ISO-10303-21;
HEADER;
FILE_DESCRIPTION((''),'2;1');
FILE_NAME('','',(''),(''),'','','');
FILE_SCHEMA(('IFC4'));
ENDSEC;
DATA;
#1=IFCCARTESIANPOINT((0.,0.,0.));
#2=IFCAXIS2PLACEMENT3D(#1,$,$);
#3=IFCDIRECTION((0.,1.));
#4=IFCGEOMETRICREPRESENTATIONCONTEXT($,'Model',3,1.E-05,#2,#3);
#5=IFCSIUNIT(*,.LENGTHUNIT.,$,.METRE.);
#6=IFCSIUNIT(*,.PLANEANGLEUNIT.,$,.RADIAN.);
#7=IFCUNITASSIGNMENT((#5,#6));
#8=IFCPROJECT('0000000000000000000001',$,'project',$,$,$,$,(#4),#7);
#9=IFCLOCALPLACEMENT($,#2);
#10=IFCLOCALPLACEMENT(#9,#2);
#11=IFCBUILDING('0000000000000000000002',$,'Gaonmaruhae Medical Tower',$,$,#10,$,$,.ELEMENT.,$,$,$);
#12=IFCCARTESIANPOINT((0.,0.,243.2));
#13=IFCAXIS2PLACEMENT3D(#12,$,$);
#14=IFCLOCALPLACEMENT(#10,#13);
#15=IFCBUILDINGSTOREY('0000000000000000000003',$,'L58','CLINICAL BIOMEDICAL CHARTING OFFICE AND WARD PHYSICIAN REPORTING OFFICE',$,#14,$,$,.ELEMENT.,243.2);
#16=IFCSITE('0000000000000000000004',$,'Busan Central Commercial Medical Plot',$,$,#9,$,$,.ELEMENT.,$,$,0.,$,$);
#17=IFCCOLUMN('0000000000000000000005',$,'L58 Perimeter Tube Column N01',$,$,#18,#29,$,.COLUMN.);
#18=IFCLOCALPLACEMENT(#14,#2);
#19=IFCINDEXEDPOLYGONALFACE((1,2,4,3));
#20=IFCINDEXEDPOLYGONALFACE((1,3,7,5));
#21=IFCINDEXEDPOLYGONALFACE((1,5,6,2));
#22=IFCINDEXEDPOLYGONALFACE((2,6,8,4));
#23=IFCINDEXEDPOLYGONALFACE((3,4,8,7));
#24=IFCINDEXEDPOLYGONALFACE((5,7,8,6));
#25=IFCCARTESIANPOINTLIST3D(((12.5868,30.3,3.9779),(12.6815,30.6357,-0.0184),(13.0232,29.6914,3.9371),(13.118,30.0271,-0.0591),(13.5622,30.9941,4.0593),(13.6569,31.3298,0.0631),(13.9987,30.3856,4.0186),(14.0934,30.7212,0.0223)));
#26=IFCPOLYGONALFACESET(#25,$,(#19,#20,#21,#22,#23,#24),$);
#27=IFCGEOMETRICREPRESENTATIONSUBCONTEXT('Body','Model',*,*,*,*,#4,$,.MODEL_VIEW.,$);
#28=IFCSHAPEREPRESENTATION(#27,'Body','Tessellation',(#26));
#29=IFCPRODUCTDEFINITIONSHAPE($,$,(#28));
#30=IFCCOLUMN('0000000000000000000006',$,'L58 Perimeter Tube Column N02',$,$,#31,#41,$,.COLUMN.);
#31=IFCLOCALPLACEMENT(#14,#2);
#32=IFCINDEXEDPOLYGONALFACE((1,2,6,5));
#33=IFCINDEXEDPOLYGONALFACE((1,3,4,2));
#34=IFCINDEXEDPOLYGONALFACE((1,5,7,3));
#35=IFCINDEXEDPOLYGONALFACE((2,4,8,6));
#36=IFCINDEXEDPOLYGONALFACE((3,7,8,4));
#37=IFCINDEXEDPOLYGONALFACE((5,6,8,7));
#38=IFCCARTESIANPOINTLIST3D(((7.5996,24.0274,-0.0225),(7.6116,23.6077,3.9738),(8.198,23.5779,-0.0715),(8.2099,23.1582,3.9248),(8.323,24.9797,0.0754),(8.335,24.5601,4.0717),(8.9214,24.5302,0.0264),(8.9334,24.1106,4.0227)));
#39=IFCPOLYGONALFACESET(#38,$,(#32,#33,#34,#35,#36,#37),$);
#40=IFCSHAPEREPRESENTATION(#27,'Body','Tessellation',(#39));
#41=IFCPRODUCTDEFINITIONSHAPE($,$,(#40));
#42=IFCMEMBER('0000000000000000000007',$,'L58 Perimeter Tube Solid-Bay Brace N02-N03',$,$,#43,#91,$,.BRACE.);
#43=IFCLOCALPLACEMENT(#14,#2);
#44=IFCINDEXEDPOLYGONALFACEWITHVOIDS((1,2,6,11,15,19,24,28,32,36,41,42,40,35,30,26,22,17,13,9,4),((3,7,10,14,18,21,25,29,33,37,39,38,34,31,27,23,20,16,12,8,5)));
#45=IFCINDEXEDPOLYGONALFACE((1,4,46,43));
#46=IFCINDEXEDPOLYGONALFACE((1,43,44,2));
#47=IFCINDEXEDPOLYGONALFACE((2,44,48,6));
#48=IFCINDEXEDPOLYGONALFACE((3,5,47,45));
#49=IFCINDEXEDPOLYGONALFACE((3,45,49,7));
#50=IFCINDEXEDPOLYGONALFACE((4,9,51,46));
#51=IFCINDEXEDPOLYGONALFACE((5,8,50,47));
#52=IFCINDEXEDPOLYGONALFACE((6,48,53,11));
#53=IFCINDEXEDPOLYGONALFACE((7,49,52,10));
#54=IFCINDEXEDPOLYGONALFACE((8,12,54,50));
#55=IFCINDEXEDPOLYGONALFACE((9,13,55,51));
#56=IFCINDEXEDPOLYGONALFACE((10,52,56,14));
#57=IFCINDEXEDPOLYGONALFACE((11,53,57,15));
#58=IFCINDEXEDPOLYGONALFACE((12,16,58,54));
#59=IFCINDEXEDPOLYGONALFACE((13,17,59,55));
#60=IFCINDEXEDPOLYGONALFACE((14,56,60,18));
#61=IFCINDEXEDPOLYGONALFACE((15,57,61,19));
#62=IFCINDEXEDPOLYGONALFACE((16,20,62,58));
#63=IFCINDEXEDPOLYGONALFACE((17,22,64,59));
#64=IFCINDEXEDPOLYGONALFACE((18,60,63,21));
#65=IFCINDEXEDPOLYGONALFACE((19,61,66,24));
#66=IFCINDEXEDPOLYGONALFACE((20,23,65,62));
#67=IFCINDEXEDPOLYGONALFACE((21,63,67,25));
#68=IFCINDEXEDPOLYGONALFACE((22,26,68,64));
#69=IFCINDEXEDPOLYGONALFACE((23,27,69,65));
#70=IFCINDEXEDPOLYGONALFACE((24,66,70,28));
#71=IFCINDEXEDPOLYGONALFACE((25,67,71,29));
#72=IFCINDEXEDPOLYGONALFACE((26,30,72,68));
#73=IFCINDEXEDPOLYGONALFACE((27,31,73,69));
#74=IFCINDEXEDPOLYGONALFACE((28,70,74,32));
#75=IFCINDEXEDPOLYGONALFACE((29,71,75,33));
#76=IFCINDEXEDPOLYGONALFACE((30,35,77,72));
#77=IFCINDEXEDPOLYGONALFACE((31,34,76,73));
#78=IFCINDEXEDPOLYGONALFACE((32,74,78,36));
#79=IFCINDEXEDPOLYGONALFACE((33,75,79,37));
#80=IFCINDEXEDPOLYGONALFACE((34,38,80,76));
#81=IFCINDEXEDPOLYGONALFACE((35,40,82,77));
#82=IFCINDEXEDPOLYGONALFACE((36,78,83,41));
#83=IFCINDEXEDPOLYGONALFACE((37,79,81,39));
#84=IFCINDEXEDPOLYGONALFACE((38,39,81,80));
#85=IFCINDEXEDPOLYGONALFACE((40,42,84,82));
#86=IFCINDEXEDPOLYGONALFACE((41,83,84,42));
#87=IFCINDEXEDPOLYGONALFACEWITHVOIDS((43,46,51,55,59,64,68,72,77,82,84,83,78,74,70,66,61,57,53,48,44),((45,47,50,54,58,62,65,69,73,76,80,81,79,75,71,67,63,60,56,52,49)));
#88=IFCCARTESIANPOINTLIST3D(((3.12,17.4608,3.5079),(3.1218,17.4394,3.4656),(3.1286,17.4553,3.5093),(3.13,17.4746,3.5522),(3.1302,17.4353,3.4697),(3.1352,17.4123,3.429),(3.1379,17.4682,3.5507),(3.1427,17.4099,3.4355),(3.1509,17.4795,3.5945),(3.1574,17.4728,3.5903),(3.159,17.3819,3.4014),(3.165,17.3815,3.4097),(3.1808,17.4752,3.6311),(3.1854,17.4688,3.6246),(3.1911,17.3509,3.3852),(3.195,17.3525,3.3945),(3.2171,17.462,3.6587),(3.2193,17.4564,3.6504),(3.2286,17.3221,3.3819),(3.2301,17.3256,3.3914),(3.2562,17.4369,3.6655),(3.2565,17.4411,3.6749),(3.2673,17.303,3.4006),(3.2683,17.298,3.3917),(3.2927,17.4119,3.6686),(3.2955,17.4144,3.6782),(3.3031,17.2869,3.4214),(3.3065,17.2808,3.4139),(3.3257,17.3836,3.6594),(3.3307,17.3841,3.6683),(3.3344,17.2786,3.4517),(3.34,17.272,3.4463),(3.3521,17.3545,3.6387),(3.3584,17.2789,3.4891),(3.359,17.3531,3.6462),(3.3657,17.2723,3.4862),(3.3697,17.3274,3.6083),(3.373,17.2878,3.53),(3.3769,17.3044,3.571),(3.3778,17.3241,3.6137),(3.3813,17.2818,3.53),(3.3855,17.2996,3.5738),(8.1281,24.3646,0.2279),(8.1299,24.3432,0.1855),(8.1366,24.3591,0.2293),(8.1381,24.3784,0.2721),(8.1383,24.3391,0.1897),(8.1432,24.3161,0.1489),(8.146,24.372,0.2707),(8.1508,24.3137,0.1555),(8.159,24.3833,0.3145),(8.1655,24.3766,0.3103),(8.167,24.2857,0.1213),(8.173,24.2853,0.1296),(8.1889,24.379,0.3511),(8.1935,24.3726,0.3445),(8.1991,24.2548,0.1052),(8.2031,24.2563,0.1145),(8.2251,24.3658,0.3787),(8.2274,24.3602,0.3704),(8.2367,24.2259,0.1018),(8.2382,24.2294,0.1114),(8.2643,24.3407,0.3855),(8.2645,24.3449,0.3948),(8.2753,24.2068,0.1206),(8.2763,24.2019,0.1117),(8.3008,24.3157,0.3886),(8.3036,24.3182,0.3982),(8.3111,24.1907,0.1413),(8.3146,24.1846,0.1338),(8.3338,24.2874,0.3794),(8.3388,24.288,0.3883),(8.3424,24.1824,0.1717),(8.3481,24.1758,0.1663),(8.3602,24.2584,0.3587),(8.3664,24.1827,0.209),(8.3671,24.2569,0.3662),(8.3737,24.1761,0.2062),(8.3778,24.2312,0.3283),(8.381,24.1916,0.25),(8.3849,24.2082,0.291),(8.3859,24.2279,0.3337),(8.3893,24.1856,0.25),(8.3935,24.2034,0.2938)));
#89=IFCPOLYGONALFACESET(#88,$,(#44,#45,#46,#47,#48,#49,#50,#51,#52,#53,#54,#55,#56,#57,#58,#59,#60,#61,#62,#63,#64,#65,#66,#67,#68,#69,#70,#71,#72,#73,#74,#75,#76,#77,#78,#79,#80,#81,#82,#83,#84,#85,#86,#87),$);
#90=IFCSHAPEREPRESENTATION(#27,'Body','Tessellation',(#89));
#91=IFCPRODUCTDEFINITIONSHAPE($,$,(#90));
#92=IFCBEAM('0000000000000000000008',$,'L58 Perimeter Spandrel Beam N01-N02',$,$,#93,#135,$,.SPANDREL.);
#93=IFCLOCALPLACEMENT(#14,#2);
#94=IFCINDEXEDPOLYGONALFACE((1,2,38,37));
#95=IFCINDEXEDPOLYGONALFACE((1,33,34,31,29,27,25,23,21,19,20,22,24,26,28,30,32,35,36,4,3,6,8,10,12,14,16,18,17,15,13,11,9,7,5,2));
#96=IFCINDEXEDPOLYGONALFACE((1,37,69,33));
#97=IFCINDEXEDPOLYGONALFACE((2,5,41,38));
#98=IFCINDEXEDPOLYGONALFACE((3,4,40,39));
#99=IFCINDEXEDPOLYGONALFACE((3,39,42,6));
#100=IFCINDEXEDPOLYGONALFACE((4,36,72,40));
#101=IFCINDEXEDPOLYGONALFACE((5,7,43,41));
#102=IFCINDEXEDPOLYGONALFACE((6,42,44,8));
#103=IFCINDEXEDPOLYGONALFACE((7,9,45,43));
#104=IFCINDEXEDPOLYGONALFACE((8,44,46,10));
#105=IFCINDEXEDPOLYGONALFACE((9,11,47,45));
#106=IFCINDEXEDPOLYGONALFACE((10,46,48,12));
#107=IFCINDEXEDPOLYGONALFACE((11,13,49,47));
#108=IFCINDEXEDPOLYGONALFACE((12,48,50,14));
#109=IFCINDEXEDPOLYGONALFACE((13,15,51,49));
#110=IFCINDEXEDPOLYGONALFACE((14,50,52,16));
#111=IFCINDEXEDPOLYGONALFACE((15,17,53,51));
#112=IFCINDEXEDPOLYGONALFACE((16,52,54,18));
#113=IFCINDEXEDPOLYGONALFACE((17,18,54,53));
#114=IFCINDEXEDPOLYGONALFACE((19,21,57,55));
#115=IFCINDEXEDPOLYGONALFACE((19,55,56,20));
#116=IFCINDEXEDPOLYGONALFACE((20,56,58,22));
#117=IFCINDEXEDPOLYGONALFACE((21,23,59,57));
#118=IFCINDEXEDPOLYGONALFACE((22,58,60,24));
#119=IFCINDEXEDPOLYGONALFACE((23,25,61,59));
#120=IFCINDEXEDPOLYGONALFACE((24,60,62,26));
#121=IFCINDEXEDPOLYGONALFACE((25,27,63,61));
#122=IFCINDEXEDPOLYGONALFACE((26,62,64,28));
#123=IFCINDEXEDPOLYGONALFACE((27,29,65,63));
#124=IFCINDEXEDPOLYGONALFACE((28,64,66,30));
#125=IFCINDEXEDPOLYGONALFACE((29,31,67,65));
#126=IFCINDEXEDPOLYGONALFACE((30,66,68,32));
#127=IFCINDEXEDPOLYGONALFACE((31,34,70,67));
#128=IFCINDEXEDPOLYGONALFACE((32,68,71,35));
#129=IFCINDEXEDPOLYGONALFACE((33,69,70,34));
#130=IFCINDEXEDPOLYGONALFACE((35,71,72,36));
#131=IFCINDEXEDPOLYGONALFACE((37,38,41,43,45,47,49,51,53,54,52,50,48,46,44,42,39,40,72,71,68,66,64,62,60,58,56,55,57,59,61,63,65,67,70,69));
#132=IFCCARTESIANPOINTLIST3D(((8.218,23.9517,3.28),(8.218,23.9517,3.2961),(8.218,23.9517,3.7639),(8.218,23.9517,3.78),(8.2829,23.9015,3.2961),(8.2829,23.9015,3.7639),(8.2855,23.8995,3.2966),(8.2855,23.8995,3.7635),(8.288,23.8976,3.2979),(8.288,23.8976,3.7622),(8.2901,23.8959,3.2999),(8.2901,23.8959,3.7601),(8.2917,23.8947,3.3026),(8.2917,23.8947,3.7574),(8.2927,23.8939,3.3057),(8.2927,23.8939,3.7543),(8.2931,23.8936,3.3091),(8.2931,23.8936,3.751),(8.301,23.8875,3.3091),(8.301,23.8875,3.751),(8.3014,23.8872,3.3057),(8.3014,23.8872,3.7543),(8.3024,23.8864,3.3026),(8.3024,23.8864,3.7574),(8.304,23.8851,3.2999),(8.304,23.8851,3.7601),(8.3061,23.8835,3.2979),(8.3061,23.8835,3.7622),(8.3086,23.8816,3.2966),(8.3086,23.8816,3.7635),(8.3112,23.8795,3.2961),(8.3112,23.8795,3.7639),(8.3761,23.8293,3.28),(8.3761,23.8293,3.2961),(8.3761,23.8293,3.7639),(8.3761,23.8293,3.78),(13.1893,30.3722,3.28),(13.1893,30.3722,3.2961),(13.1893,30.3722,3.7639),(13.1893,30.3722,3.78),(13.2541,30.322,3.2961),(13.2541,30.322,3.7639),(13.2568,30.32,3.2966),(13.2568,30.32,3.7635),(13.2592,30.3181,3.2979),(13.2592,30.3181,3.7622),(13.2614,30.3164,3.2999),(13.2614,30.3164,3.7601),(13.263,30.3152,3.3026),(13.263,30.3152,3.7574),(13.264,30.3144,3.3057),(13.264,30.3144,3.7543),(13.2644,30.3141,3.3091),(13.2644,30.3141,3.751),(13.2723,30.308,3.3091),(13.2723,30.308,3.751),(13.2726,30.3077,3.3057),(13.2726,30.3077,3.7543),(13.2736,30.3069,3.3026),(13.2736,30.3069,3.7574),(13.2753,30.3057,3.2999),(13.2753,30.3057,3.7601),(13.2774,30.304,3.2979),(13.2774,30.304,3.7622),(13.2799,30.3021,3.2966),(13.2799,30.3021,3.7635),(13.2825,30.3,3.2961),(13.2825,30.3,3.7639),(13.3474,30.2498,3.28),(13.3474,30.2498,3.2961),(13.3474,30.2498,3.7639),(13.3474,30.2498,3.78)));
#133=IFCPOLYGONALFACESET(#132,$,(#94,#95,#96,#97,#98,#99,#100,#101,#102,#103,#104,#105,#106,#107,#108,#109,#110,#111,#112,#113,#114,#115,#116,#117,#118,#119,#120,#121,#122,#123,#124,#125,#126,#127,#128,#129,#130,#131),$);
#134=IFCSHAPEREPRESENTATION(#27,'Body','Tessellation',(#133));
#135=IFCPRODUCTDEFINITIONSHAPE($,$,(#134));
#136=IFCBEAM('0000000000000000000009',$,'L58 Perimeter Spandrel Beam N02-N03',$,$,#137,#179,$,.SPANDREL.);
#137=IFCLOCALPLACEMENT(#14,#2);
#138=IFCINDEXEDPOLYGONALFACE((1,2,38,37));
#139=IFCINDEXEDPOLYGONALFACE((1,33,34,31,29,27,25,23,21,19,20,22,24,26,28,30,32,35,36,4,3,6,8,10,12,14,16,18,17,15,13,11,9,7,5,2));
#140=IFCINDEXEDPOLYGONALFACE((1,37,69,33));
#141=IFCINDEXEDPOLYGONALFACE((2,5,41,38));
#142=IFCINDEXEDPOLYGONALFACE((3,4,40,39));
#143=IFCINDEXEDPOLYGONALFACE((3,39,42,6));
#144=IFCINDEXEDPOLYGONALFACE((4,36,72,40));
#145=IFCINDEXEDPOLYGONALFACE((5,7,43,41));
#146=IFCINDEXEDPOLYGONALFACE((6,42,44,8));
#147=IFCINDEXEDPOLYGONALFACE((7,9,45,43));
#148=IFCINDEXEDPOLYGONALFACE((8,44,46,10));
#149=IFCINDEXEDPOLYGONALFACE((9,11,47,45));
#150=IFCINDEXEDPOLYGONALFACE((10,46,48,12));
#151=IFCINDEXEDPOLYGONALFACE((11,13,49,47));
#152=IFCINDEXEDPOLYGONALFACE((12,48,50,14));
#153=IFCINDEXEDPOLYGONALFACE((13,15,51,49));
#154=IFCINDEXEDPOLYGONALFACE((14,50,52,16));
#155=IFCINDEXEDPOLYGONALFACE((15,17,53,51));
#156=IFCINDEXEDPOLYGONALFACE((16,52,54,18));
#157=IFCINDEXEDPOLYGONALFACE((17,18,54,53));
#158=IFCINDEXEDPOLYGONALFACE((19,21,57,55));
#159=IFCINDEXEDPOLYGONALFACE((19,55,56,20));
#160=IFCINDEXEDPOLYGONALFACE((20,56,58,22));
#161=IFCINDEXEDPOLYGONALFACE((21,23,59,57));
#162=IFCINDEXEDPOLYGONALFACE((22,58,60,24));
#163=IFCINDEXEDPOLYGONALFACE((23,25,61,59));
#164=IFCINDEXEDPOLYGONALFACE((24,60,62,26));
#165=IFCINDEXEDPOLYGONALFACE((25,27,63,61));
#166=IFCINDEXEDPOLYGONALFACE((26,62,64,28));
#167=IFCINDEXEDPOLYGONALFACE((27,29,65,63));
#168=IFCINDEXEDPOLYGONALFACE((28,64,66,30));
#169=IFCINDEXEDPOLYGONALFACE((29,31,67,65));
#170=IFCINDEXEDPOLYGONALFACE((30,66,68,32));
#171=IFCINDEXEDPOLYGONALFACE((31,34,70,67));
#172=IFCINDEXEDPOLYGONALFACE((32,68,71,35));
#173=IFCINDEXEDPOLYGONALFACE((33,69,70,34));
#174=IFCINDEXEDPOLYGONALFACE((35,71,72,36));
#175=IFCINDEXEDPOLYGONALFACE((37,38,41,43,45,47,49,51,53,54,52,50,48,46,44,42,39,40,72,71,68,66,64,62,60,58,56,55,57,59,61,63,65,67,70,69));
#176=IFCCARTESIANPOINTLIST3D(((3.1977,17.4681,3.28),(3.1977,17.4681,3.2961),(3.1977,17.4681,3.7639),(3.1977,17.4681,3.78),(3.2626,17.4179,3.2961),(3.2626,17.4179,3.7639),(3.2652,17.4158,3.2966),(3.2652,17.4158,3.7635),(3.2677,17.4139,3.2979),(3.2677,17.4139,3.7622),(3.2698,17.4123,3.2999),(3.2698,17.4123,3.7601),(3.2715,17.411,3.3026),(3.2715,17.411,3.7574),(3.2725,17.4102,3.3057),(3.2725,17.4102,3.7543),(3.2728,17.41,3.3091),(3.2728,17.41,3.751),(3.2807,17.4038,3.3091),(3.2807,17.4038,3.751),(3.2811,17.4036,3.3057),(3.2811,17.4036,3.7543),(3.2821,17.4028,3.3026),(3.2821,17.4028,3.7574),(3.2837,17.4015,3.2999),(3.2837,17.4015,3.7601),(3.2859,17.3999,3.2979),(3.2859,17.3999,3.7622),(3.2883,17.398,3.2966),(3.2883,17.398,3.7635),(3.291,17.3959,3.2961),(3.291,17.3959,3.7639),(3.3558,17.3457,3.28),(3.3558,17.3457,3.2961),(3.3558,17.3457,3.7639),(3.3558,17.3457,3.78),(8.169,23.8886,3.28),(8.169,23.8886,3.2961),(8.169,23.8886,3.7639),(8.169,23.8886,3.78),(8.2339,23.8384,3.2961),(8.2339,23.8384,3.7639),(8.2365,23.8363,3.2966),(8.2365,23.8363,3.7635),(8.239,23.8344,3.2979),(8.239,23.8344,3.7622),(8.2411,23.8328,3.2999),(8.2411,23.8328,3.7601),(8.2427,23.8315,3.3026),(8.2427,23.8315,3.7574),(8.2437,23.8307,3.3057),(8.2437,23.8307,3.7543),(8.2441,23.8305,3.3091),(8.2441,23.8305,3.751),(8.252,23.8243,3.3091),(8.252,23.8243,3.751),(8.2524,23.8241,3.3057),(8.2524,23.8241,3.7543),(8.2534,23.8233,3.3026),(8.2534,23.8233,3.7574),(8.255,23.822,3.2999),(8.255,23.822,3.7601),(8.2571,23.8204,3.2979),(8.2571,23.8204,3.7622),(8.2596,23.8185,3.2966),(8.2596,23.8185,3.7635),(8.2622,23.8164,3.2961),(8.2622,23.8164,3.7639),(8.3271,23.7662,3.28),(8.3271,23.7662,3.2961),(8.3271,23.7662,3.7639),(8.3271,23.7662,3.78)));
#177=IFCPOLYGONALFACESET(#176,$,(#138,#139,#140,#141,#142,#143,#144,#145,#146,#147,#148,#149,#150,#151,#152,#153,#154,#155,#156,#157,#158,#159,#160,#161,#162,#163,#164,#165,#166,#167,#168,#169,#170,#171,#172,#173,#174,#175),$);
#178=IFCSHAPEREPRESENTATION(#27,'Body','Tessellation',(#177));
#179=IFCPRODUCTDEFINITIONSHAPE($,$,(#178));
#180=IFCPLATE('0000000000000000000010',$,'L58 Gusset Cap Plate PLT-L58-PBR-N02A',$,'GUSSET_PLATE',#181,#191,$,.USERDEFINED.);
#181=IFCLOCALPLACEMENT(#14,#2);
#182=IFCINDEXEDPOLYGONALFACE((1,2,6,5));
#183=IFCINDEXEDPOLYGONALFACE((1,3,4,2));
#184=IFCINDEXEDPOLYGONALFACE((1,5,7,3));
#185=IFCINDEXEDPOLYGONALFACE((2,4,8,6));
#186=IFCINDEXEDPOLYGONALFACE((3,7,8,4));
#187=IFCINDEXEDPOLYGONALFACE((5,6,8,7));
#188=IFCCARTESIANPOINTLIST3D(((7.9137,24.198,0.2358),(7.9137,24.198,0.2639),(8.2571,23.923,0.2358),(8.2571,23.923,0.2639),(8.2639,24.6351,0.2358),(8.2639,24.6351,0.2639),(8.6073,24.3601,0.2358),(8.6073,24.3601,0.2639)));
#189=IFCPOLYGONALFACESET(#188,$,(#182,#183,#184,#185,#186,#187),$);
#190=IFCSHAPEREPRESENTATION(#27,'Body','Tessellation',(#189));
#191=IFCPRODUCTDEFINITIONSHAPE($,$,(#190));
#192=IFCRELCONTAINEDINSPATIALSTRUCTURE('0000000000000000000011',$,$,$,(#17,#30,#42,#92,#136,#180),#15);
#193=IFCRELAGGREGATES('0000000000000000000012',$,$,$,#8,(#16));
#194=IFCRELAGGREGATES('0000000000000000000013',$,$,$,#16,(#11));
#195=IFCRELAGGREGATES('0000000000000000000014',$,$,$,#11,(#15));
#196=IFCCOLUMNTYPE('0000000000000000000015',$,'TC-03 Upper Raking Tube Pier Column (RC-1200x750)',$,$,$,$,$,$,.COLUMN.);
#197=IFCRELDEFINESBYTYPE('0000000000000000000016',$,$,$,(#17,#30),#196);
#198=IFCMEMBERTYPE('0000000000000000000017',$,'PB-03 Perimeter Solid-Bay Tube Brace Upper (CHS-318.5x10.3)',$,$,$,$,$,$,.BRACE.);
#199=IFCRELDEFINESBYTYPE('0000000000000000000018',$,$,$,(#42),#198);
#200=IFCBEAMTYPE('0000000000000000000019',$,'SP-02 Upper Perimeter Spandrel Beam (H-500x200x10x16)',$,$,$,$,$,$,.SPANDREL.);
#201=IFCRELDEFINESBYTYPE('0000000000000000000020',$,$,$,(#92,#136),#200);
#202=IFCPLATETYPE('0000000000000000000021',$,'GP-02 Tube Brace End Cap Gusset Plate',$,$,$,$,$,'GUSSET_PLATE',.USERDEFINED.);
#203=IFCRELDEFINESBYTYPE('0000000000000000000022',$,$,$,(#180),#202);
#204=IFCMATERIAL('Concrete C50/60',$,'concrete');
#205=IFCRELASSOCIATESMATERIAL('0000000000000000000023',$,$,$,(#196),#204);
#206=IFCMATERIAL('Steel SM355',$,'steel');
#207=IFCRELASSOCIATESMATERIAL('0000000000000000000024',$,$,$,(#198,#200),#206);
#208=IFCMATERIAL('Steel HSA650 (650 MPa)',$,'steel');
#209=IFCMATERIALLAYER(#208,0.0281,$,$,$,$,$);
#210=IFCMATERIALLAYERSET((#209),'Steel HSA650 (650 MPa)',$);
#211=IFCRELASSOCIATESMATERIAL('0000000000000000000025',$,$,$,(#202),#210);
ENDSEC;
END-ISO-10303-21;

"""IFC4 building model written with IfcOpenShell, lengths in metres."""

from ifc_helpers import new_model, si_unit, direction, frame, origin, origin_2d, place, context, subcontext, project, spatial, rectangle, hollow_circle, i_section, extrude, material, layer, layer_set, material_profile, profile_set, type_object, element, save


model = new_model("IFC4")

# Units and contexts
model_context = context("Model", 3, precision=1e-05, world=origin(), true_north=direction((0.0, 1.0)))
body_context = subcontext(model_context, "Body", "Model", "MODEL_VIEW")
ifc_project = project(units=[si_unit("LENGTHUNIT", "METRE"), si_unit("PLANEANGLEUNIT", "RADIAN")], contexts=[model_context])

# Site, building, storey
site_placement = place(None, origin())
site = spatial("IfcSite", under=ifc_project, at=site_placement, Name="Busan Central Commercial Medical Plot", CompositionType="ELEMENT", RefElevation=0.0)
building_placement = place(site_placement, origin())
building = spatial("IfcBuilding", under=site, at=building_placement, Name="Gaonmaruhae Medical Tower", CompositionType="ELEMENT")
storey_placement = place(building_placement, frame((0.0, 0.0, 243.2)))
storey = spatial("IfcBuildingStorey", under=building, at=storey_placement, Name="L58", Description="CLINICAL BIOMEDICAL CHARTING OFFICE AND WARD PHYSICIAN REPORTING OFFICE", CompositionType="ELEMENT", Elevation=243.2)

# Columns
ifc_material_1 = material(Name="Concrete C50/60", Category="concrete")
ifc_material_profile_1 = material_profile(ifc_material_1, rectangle(XDim=1.2, YDim=0.75, at=origin_2d()), Name="RC-1200x750")
ifc_profile_set_1 = profile_set([ifc_material_profile_1], Name="Concrete C50/60")
column_type = type_object("IfcColumnType", Name="TC-03 Upper Raking Tube Pier Column (RC-1200x750)", PredefinedType="COLUMN", material=ifc_profile_set_1)
column_1_placement = place(storey_placement, frame((13.3875, 30.6785, 0.002), z_axis=(-0.023614, -0.083682, 0.996213), x_axis=(0.812888, 0.578453, 0.067858)))
element("IfcColumn", 1, at=column_1_placement, inside=storey, type_object=column_type, Name="L58 Perimeter Tube Column N01", PredefinedType="COLUMN", context=body_context, shape_type="SweptSolid", body=[
    extrude(rectangle(XDim=1.2, YDim=0.75, at=origin_2d()), origin(), (0.0, 0.0, 1.0), 4.0115),
])
column_2_placement = place(storey_placement, frame((8.2605, 24.2788, 0.002), z_axis=(0.002977, -0.104441, 0.994527), x_axis=(0.602873, 0.793659, 0.081542)))
element("IfcColumn", 2, at=column_2_placement, inside=storey, type_object=column_type, Name="L58 Perimeter Tube Column N02", PredefinedType="COLUMN", context=body_context, shape_type="SweptSolid", body=[
    extrude(rectangle(XDim=1.2, YDim=0.75, at=origin_2d()), origin(), (0.0, 0.0, 1.0), 4.0183),
])

# Member
ifc_material_2 = material(Name="Steel SM355", Category="steel")
ifc_material_profile_2 = material_profile(ifc_material_2, hollow_circle(Radius=0.1592, WallThickness=0.0103, at=origin_2d()), Name="CHS-318.5x10.3")
ifc_profile_set_2 = profile_set([ifc_material_profile_2], Name="Steel SM355")
member_type = type_object("IfcMemberType", Name="PB-03 Perimeter Solid-Bay Tube Brace Upper (CHS-318.5x10.3)", PredefinedType="BRACE", material=ifc_profile_set_2)
member_placement = place(storey_placement, frame((8.2605, 24.2791, 0.25), z_axis=(-0.548051, -0.755511, 0.358947), x_axis=(0.809455, -0.587182, 0.0)))
element("IfcMember", 3, at=member_placement, inside=storey, type_object=member_type, Name="L58 Perimeter Tube Solid-Bay Brace N02-N03", PredefinedType="BRACE", context=body_context, shape_type="SweptSolid", body=[
    extrude(hollow_circle(Radius=0.1592, WallThickness=0.0103, at=origin_2d()), origin(), (0.0, 0.0, 1.0), 9.1379),
])

# Beams
ifc_material_profile_3 = material_profile(ifc_material_2, i_section(OverallWidth=0.2, OverallDepth=0.5, WebThickness=0.01, FlangeThickness=0.0161, FilletRadius=0.0129, at=origin_2d()), Name="H-500x200x10x16")
ifc_profile_set_3 = profile_set([ifc_material_profile_3], Name="Steel SM355")
beam_type = type_object("IfcBeamType", Name="SP-02 Upper Perimeter Spandrel Beam (H-500x200x10x16)", PredefinedType="SPANDREL", material=ifc_profile_set_3)
for number, where, z_axis, x_axis, name in (
    (4, (13.2683, 30.311, 3.53), (-0.612216, -0.790691, 0.0), (0.790691, -0.612216, 0.0), "L58 Perimeter Spandrel Beam N01-N02"),
    (5, (8.248, 23.8274, 3.53), (-0.612216, -0.790691, 0.0), (0.790691, -0.612216, 0.0), "L58 Perimeter Spandrel Beam N02-N03"),
):
    element("IfcBeam", number, at=place(storey_placement, frame(where, z_axis=z_axis, x_axis=x_axis)), inside=storey, type_object=beam_type, Name=name, PredefinedType="SPANDREL", context=body_context, shape_type="SweptSolid", body=[
        extrude(i_section(OverallWidth=0.2, OverallDepth=0.5, WebThickness=0.01, FlangeThickness=0.0161, FilletRadius=0.0129, at=origin_2d()), origin(), (0.0, 0.0, 1.0), 8.1201),
    ])

# Plate
ifc_material_3 = material(Name="Steel HSA650 (650 MPa)", Category="steel")
ifc_layer_1 = layer(ifc_material_3, 0.0281)
ifc_layer_set_1 = layer_set([ifc_layer_1], Name="Steel HSA650 (650 MPa)")
plate_type = type_object("IfcPlateType", Name="GP-02 Tube Brace End Cap Gusset Plate", ElementType="GUSSET_PLATE", PredefinedType="USERDEFINED", material=ifc_layer_set_1)
plate_placement = place(storey_placement, frame((8.2605, 24.2791, 0.2358), z_axis=(0.0, 0.0, 1.0), x_axis=(0.625243, 0.78043, 0.0)))
element("IfcPlate", 6, at=plate_placement, inside=storey, type_object=plate_type, Name="L58 Gusset Cap Plate PLT-L58-PBR-N02A", ObjectType="GUSSET_PLATE", PredefinedType="USERDEFINED", context=body_context, shape_type="SweptSolid", body=[
    extrude(rectangle(XDim=0.5601, YDim=0.4399, at=origin_2d()), origin(), (0.0, 0.0, 1.0), 0.0281),
])

save(model, "model.ifc")
